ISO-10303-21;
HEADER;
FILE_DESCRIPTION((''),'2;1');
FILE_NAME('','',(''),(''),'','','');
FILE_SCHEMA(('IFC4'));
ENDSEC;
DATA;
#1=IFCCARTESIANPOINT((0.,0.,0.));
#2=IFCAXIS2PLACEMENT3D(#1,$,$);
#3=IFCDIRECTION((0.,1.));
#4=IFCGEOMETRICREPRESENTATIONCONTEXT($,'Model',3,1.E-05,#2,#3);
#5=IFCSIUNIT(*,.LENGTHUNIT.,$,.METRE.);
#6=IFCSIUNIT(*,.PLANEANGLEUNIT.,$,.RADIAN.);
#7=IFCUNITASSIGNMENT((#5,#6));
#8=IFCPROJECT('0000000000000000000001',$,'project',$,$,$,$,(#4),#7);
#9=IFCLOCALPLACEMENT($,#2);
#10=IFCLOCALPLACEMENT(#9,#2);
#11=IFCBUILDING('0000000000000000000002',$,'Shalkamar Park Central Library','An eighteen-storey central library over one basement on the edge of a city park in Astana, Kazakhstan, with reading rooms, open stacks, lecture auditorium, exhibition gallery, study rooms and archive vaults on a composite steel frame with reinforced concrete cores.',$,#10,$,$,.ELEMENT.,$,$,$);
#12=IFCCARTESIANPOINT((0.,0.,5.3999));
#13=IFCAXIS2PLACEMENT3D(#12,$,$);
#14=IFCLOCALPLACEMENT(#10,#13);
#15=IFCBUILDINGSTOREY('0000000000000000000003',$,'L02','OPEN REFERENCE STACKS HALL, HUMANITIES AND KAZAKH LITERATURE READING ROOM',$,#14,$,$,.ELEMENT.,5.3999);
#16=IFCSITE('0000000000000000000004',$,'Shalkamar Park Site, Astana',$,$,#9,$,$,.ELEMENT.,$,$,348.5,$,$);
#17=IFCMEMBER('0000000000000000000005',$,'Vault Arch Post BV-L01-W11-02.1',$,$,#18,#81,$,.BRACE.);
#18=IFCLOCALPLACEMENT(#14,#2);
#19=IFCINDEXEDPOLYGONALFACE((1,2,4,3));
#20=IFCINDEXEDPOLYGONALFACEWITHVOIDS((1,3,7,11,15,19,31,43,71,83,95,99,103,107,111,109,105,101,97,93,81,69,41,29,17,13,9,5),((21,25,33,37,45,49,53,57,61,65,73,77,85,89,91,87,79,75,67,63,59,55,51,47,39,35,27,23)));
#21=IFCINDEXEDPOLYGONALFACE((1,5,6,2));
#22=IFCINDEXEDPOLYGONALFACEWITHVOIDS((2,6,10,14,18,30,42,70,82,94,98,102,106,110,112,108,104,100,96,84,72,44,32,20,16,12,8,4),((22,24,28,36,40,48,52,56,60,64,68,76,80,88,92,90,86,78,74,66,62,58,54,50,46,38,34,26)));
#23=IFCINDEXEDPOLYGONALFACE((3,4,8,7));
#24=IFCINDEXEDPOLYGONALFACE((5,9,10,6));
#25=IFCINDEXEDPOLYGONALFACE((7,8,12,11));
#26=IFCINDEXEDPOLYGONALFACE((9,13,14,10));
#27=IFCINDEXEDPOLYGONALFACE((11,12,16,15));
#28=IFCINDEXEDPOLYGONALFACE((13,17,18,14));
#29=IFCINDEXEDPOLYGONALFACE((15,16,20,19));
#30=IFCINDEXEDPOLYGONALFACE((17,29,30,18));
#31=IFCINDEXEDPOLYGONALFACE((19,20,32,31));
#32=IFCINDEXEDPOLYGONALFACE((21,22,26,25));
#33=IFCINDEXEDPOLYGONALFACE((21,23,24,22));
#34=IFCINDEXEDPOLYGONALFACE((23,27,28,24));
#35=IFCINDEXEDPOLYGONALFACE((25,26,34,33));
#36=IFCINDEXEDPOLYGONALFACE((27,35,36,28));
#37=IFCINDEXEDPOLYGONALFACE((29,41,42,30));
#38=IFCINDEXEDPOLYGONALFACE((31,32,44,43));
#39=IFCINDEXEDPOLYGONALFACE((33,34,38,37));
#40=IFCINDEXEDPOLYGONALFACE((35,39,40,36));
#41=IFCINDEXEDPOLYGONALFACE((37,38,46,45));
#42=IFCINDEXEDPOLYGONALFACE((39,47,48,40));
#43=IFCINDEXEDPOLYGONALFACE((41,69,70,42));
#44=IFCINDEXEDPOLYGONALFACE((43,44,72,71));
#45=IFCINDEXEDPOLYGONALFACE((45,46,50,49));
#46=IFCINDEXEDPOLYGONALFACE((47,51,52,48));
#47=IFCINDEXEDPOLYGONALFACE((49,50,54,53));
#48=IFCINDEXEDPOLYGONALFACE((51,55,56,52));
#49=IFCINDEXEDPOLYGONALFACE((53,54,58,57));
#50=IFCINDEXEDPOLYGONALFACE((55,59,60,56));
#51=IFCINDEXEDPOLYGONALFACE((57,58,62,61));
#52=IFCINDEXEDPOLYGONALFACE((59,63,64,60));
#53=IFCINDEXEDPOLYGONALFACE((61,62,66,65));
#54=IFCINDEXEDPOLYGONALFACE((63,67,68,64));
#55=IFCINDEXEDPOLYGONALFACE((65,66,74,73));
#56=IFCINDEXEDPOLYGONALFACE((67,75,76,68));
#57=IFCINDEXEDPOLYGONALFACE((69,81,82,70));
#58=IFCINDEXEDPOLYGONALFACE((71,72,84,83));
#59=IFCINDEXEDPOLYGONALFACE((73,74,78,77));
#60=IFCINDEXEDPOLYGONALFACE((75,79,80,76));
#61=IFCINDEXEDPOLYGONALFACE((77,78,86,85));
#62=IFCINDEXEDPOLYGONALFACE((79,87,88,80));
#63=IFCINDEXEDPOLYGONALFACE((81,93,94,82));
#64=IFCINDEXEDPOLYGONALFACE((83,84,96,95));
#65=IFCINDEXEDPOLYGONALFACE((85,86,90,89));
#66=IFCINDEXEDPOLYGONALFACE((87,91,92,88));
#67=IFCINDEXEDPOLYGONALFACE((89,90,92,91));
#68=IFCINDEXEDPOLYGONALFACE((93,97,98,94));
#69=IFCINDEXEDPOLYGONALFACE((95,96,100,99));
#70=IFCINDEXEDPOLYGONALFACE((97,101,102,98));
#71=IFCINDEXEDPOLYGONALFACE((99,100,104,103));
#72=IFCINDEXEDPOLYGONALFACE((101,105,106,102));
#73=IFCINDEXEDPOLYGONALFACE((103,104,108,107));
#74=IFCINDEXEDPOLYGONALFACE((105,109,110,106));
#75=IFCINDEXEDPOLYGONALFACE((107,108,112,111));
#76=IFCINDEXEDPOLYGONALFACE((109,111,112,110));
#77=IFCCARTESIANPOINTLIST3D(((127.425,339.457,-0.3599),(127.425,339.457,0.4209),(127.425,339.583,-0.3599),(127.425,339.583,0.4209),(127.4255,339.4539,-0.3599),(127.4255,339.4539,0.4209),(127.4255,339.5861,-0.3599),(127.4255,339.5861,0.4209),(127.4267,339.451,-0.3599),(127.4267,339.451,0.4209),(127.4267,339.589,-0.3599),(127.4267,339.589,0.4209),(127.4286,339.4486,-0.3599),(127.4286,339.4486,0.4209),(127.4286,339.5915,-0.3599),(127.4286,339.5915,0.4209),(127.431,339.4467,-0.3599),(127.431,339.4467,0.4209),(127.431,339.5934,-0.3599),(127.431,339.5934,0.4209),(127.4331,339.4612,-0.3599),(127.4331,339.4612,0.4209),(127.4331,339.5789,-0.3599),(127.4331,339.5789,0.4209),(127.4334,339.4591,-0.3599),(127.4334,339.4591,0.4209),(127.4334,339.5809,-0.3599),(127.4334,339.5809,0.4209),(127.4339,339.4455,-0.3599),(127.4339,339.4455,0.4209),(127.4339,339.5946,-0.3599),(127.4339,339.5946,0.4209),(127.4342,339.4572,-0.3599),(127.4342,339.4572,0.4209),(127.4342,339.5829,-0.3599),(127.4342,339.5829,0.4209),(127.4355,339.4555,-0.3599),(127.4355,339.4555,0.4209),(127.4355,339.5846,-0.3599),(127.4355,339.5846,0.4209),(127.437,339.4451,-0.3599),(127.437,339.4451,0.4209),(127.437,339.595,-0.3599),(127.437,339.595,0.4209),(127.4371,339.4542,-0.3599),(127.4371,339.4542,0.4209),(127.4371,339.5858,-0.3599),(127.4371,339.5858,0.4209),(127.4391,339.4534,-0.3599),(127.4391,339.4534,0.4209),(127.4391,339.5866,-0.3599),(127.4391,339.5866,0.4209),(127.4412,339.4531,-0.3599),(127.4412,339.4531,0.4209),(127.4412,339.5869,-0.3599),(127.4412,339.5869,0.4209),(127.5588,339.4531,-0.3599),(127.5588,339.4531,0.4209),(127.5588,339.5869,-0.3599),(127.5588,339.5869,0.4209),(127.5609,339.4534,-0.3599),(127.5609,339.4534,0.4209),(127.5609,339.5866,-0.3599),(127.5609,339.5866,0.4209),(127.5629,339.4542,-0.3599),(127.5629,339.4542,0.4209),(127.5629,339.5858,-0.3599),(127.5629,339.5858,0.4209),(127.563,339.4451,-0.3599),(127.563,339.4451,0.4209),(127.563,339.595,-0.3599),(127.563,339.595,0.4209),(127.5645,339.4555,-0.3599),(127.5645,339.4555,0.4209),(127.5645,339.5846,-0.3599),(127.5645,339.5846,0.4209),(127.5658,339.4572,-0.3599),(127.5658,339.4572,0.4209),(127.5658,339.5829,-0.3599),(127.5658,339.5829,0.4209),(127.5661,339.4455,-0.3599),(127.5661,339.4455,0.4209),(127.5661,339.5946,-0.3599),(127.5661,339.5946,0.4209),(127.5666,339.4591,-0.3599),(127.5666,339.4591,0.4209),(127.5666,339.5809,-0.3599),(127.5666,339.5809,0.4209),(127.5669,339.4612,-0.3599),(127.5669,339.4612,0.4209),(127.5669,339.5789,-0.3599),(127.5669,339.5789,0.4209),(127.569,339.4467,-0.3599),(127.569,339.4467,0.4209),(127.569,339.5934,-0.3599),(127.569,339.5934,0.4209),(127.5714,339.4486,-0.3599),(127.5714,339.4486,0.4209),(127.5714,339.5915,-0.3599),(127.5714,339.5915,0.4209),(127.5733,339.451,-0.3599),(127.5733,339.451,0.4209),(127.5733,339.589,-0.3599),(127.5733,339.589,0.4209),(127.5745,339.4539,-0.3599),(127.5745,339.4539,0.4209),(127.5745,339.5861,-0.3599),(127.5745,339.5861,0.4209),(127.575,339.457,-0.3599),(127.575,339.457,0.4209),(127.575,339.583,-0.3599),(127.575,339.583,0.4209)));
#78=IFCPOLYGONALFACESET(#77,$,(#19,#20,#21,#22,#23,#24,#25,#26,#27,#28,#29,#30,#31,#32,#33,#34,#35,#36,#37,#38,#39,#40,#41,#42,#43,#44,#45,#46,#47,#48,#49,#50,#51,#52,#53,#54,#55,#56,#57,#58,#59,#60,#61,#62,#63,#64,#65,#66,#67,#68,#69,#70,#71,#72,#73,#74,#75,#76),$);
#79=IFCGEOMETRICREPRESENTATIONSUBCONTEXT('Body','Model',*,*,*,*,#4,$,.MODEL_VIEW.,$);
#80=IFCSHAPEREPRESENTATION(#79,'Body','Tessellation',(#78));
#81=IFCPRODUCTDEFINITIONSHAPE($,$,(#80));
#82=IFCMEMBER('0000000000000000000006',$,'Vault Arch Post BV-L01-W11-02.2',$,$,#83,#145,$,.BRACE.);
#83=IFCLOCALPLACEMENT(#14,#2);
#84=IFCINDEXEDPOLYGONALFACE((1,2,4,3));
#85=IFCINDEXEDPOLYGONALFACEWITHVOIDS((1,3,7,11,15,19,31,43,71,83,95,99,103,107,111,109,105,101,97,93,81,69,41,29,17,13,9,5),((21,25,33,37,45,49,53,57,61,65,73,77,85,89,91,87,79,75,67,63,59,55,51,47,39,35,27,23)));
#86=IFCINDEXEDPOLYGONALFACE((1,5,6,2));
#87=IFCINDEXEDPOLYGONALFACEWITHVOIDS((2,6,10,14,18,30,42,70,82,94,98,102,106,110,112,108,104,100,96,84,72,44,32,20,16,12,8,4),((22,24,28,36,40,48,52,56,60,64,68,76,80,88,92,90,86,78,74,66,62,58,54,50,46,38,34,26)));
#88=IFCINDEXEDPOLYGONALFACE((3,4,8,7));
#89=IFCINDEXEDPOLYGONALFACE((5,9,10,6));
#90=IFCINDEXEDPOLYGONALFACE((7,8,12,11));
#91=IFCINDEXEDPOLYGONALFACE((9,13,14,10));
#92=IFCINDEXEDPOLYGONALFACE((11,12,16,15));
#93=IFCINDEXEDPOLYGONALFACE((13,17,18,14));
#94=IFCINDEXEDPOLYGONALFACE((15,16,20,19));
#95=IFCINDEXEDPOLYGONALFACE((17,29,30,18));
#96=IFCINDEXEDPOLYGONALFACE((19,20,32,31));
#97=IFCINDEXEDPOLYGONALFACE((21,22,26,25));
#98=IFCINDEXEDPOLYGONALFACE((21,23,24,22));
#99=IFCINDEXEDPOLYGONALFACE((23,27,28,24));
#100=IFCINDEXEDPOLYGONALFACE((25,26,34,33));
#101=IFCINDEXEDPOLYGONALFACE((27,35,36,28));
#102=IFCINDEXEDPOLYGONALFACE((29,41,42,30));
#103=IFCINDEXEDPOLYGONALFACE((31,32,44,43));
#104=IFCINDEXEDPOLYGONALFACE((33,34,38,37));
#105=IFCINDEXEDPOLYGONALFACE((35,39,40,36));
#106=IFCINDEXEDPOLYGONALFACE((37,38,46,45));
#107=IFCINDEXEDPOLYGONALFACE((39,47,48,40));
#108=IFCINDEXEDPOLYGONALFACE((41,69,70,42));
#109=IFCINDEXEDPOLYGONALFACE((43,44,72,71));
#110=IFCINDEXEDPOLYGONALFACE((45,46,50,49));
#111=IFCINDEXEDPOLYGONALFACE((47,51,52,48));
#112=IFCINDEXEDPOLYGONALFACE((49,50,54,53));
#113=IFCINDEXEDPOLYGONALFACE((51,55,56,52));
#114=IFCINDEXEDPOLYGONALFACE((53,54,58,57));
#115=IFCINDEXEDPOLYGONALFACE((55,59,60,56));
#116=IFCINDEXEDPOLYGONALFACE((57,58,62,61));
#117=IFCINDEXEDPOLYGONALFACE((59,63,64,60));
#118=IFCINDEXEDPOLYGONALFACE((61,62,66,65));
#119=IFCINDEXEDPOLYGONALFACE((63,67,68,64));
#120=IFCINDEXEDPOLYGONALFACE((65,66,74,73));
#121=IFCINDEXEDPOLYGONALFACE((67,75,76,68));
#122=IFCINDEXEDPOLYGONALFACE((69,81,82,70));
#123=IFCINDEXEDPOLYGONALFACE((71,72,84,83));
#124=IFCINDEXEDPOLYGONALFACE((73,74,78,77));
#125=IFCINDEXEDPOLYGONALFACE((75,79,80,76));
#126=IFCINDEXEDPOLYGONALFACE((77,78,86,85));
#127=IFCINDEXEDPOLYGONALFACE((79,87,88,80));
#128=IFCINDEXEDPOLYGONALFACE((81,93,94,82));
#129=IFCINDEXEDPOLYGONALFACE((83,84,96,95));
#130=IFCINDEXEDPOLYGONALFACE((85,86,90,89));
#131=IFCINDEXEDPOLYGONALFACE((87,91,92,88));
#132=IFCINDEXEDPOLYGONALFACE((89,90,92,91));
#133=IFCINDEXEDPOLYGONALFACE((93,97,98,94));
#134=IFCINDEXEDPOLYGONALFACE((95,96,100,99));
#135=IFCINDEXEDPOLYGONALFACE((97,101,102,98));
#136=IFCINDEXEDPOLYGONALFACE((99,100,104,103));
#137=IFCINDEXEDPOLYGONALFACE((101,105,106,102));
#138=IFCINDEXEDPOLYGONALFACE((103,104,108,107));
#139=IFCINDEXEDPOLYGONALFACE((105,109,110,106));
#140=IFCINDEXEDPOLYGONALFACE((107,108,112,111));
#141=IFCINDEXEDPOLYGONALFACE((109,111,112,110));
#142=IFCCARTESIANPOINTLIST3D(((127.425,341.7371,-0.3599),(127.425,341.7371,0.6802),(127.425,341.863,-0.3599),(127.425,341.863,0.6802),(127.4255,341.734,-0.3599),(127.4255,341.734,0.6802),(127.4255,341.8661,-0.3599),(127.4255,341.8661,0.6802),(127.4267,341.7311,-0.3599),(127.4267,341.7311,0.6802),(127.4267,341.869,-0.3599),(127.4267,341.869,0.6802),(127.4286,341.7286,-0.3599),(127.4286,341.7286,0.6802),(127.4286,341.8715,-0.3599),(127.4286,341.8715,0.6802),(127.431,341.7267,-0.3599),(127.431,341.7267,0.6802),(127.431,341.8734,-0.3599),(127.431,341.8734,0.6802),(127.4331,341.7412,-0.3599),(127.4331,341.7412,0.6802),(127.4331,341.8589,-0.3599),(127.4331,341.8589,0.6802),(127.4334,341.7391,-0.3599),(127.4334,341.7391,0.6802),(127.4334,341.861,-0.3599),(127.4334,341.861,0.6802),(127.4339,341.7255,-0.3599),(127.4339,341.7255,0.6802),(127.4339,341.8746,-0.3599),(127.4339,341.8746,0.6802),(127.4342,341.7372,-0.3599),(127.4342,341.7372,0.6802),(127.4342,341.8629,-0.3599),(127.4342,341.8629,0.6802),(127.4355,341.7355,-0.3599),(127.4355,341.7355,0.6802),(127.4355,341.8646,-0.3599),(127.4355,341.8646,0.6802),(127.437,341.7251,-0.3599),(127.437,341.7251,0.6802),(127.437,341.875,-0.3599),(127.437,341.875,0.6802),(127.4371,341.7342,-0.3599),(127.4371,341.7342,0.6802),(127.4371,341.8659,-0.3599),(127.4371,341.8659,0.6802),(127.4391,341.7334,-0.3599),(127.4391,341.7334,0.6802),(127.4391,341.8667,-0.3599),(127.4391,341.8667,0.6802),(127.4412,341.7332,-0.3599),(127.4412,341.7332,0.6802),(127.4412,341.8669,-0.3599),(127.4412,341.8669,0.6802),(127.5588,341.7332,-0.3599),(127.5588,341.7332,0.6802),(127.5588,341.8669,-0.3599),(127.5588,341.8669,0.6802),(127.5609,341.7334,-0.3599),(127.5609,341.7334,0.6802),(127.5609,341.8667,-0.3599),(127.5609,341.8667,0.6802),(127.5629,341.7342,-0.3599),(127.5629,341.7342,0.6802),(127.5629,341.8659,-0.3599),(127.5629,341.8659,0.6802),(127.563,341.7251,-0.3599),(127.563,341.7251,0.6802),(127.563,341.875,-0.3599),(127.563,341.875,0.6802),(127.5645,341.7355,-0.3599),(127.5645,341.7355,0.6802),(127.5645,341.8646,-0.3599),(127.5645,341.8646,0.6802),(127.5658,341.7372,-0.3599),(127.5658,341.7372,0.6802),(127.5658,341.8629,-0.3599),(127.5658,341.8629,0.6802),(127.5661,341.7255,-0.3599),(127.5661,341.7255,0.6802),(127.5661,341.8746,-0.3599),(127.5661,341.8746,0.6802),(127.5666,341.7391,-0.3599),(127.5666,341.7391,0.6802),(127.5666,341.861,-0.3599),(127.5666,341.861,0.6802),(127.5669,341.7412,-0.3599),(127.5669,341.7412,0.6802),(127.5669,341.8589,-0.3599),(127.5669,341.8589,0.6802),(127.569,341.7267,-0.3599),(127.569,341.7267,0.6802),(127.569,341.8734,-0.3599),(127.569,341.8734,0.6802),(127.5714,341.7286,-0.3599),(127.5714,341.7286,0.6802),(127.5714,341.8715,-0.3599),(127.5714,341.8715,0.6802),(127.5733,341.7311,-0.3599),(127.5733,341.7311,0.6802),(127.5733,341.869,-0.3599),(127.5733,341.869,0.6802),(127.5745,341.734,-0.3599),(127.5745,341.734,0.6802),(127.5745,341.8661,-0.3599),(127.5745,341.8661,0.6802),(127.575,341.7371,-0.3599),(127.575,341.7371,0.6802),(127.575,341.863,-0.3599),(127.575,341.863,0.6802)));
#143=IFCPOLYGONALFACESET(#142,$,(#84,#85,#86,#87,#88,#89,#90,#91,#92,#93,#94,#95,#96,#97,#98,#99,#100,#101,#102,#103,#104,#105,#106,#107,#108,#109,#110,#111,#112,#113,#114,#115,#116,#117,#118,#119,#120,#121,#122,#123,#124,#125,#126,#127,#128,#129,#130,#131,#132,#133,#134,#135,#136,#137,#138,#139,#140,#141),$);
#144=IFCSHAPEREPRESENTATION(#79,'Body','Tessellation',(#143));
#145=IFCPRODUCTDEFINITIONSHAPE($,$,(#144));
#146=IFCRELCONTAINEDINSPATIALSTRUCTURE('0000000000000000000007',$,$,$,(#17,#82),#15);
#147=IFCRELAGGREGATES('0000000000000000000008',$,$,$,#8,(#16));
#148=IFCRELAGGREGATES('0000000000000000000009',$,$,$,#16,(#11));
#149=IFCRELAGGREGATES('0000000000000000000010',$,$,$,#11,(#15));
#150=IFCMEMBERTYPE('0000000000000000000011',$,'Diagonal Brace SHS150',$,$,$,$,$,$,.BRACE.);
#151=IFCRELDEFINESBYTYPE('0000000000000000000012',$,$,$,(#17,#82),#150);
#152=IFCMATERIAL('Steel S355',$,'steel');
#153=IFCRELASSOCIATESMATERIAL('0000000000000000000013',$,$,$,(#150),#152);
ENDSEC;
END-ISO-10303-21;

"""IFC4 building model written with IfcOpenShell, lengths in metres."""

from ifc_helpers import new_model, si_unit, direction, frame, origin, origin_2d, place, context, subcontext, project, spatial, hollow_rectangle, extrude, material, material_profile, profile_set, type_object, element, save


model = new_model("IFC4")

# Units and contexts
model_context = context("Model", 3, precision=1e-05, world=origin(), true_north=direction((0.0, 1.0)))
body_context = subcontext(model_context, "Body", "Model", "MODEL_VIEW")
ifc_project = project(units=[si_unit("LENGTHUNIT", "METRE"), si_unit("PLANEANGLEUNIT", "RADIAN")], contexts=[model_context])

# Site, building, storey
site_placement = place(None, origin())
site = spatial("IfcSite", under=ifc_project, at=site_placement, Name="Shalkamar Park Site, Astana", CompositionType="ELEMENT", RefElevation=348.5)
building_placement = place(site_placement, origin())
building = spatial("IfcBuilding", under=site, at=building_placement, Name="Shalkamar Park Central Library", Description="An eighteen-storey central library over one basement on the edge of a city park in Astana, Kazakhstan, with reading rooms, open stacks, lecture auditorium, exhibition gallery, study rooms and archive vaults on a composite steel frame with reinforced concrete cores.", CompositionType="ELEMENT")
storey_placement = place(building_placement, frame((0.0, 0.0, 5.3999)))
storey = spatial("IfcBuildingStorey", under=building, at=storey_placement, Name="L02", Description="OPEN REFERENCE STACKS HALL, HUMANITIES AND KAZAKH LITERATURE READING ROOM", CompositionType="ELEMENT", Elevation=5.3999)

# Members
ifc_material_1 = material(Name="Steel S355", Category="steel")
ifc_material_profile_1 = material_profile(ifc_material_1, hollow_rectangle(XDim=0.1499, YDim=0.1499, WallThickness=0.0081, InnerFilletRadius=0.0081, OuterFilletRadius=0.012, at=origin_2d()), Name="SHS 150x150x8")
ifc_profile_set_1 = profile_set([ifc_material_profile_1], Name="Steel S355")
member_type_1 = type_object("IfcMemberType", Name="Diagonal Brace SHS150", PredefinedType="BRACE", material=ifc_profile_set_1)
for number, where, z_axis, x_axis, name in (
    (1, (127.5, 339.52, -0.3599), (0.0, 0.0, 1.0), (1.0, 0.0, 0.0), "Vault Arch Post BV-L01-W11-02.1"),
):
    element("IfcMember", number, at=place(storey_placement, frame(where, z_axis=z_axis, x_axis=x_axis)), inside=storey, type_object=member_type_1, Name=name, PredefinedType="BRACE", context=body_context, shape_type="SweptSolid", body=[
        extrude(hollow_rectangle(XDim=0.1499, YDim=0.1499, WallThickness=0.0081, InnerFilletRadius=0.0081, OuterFilletRadius=0.012, at=origin_2d()), origin(), (0.0, 0.0, 1.0), 0.7808),
    ])
member_1_placement = place(storey_placement, frame((127.5, 341.8, -0.3599), z_axis=(0.0, 0.0, 1.0), x_axis=(1.0, 0.0, 0.0)))
element("IfcMember", 2, at=member_1_placement, inside=storey, type_object=member_type_1, Name="Vault Arch Post BV-L01-W11-02.2", PredefinedType="BRACE", context=body_context, shape_type="SweptSolid", body=[
    extrude(hollow_rectangle(XDim=0.1499, YDim=0.1499, WallThickness=0.0081, InnerFilletRadius=0.0081, OuterFilletRadius=0.012, at=origin_2d()), origin(), (0.0, 0.0, 1.0), 1.04),
])

save(model, "model.ifc")
